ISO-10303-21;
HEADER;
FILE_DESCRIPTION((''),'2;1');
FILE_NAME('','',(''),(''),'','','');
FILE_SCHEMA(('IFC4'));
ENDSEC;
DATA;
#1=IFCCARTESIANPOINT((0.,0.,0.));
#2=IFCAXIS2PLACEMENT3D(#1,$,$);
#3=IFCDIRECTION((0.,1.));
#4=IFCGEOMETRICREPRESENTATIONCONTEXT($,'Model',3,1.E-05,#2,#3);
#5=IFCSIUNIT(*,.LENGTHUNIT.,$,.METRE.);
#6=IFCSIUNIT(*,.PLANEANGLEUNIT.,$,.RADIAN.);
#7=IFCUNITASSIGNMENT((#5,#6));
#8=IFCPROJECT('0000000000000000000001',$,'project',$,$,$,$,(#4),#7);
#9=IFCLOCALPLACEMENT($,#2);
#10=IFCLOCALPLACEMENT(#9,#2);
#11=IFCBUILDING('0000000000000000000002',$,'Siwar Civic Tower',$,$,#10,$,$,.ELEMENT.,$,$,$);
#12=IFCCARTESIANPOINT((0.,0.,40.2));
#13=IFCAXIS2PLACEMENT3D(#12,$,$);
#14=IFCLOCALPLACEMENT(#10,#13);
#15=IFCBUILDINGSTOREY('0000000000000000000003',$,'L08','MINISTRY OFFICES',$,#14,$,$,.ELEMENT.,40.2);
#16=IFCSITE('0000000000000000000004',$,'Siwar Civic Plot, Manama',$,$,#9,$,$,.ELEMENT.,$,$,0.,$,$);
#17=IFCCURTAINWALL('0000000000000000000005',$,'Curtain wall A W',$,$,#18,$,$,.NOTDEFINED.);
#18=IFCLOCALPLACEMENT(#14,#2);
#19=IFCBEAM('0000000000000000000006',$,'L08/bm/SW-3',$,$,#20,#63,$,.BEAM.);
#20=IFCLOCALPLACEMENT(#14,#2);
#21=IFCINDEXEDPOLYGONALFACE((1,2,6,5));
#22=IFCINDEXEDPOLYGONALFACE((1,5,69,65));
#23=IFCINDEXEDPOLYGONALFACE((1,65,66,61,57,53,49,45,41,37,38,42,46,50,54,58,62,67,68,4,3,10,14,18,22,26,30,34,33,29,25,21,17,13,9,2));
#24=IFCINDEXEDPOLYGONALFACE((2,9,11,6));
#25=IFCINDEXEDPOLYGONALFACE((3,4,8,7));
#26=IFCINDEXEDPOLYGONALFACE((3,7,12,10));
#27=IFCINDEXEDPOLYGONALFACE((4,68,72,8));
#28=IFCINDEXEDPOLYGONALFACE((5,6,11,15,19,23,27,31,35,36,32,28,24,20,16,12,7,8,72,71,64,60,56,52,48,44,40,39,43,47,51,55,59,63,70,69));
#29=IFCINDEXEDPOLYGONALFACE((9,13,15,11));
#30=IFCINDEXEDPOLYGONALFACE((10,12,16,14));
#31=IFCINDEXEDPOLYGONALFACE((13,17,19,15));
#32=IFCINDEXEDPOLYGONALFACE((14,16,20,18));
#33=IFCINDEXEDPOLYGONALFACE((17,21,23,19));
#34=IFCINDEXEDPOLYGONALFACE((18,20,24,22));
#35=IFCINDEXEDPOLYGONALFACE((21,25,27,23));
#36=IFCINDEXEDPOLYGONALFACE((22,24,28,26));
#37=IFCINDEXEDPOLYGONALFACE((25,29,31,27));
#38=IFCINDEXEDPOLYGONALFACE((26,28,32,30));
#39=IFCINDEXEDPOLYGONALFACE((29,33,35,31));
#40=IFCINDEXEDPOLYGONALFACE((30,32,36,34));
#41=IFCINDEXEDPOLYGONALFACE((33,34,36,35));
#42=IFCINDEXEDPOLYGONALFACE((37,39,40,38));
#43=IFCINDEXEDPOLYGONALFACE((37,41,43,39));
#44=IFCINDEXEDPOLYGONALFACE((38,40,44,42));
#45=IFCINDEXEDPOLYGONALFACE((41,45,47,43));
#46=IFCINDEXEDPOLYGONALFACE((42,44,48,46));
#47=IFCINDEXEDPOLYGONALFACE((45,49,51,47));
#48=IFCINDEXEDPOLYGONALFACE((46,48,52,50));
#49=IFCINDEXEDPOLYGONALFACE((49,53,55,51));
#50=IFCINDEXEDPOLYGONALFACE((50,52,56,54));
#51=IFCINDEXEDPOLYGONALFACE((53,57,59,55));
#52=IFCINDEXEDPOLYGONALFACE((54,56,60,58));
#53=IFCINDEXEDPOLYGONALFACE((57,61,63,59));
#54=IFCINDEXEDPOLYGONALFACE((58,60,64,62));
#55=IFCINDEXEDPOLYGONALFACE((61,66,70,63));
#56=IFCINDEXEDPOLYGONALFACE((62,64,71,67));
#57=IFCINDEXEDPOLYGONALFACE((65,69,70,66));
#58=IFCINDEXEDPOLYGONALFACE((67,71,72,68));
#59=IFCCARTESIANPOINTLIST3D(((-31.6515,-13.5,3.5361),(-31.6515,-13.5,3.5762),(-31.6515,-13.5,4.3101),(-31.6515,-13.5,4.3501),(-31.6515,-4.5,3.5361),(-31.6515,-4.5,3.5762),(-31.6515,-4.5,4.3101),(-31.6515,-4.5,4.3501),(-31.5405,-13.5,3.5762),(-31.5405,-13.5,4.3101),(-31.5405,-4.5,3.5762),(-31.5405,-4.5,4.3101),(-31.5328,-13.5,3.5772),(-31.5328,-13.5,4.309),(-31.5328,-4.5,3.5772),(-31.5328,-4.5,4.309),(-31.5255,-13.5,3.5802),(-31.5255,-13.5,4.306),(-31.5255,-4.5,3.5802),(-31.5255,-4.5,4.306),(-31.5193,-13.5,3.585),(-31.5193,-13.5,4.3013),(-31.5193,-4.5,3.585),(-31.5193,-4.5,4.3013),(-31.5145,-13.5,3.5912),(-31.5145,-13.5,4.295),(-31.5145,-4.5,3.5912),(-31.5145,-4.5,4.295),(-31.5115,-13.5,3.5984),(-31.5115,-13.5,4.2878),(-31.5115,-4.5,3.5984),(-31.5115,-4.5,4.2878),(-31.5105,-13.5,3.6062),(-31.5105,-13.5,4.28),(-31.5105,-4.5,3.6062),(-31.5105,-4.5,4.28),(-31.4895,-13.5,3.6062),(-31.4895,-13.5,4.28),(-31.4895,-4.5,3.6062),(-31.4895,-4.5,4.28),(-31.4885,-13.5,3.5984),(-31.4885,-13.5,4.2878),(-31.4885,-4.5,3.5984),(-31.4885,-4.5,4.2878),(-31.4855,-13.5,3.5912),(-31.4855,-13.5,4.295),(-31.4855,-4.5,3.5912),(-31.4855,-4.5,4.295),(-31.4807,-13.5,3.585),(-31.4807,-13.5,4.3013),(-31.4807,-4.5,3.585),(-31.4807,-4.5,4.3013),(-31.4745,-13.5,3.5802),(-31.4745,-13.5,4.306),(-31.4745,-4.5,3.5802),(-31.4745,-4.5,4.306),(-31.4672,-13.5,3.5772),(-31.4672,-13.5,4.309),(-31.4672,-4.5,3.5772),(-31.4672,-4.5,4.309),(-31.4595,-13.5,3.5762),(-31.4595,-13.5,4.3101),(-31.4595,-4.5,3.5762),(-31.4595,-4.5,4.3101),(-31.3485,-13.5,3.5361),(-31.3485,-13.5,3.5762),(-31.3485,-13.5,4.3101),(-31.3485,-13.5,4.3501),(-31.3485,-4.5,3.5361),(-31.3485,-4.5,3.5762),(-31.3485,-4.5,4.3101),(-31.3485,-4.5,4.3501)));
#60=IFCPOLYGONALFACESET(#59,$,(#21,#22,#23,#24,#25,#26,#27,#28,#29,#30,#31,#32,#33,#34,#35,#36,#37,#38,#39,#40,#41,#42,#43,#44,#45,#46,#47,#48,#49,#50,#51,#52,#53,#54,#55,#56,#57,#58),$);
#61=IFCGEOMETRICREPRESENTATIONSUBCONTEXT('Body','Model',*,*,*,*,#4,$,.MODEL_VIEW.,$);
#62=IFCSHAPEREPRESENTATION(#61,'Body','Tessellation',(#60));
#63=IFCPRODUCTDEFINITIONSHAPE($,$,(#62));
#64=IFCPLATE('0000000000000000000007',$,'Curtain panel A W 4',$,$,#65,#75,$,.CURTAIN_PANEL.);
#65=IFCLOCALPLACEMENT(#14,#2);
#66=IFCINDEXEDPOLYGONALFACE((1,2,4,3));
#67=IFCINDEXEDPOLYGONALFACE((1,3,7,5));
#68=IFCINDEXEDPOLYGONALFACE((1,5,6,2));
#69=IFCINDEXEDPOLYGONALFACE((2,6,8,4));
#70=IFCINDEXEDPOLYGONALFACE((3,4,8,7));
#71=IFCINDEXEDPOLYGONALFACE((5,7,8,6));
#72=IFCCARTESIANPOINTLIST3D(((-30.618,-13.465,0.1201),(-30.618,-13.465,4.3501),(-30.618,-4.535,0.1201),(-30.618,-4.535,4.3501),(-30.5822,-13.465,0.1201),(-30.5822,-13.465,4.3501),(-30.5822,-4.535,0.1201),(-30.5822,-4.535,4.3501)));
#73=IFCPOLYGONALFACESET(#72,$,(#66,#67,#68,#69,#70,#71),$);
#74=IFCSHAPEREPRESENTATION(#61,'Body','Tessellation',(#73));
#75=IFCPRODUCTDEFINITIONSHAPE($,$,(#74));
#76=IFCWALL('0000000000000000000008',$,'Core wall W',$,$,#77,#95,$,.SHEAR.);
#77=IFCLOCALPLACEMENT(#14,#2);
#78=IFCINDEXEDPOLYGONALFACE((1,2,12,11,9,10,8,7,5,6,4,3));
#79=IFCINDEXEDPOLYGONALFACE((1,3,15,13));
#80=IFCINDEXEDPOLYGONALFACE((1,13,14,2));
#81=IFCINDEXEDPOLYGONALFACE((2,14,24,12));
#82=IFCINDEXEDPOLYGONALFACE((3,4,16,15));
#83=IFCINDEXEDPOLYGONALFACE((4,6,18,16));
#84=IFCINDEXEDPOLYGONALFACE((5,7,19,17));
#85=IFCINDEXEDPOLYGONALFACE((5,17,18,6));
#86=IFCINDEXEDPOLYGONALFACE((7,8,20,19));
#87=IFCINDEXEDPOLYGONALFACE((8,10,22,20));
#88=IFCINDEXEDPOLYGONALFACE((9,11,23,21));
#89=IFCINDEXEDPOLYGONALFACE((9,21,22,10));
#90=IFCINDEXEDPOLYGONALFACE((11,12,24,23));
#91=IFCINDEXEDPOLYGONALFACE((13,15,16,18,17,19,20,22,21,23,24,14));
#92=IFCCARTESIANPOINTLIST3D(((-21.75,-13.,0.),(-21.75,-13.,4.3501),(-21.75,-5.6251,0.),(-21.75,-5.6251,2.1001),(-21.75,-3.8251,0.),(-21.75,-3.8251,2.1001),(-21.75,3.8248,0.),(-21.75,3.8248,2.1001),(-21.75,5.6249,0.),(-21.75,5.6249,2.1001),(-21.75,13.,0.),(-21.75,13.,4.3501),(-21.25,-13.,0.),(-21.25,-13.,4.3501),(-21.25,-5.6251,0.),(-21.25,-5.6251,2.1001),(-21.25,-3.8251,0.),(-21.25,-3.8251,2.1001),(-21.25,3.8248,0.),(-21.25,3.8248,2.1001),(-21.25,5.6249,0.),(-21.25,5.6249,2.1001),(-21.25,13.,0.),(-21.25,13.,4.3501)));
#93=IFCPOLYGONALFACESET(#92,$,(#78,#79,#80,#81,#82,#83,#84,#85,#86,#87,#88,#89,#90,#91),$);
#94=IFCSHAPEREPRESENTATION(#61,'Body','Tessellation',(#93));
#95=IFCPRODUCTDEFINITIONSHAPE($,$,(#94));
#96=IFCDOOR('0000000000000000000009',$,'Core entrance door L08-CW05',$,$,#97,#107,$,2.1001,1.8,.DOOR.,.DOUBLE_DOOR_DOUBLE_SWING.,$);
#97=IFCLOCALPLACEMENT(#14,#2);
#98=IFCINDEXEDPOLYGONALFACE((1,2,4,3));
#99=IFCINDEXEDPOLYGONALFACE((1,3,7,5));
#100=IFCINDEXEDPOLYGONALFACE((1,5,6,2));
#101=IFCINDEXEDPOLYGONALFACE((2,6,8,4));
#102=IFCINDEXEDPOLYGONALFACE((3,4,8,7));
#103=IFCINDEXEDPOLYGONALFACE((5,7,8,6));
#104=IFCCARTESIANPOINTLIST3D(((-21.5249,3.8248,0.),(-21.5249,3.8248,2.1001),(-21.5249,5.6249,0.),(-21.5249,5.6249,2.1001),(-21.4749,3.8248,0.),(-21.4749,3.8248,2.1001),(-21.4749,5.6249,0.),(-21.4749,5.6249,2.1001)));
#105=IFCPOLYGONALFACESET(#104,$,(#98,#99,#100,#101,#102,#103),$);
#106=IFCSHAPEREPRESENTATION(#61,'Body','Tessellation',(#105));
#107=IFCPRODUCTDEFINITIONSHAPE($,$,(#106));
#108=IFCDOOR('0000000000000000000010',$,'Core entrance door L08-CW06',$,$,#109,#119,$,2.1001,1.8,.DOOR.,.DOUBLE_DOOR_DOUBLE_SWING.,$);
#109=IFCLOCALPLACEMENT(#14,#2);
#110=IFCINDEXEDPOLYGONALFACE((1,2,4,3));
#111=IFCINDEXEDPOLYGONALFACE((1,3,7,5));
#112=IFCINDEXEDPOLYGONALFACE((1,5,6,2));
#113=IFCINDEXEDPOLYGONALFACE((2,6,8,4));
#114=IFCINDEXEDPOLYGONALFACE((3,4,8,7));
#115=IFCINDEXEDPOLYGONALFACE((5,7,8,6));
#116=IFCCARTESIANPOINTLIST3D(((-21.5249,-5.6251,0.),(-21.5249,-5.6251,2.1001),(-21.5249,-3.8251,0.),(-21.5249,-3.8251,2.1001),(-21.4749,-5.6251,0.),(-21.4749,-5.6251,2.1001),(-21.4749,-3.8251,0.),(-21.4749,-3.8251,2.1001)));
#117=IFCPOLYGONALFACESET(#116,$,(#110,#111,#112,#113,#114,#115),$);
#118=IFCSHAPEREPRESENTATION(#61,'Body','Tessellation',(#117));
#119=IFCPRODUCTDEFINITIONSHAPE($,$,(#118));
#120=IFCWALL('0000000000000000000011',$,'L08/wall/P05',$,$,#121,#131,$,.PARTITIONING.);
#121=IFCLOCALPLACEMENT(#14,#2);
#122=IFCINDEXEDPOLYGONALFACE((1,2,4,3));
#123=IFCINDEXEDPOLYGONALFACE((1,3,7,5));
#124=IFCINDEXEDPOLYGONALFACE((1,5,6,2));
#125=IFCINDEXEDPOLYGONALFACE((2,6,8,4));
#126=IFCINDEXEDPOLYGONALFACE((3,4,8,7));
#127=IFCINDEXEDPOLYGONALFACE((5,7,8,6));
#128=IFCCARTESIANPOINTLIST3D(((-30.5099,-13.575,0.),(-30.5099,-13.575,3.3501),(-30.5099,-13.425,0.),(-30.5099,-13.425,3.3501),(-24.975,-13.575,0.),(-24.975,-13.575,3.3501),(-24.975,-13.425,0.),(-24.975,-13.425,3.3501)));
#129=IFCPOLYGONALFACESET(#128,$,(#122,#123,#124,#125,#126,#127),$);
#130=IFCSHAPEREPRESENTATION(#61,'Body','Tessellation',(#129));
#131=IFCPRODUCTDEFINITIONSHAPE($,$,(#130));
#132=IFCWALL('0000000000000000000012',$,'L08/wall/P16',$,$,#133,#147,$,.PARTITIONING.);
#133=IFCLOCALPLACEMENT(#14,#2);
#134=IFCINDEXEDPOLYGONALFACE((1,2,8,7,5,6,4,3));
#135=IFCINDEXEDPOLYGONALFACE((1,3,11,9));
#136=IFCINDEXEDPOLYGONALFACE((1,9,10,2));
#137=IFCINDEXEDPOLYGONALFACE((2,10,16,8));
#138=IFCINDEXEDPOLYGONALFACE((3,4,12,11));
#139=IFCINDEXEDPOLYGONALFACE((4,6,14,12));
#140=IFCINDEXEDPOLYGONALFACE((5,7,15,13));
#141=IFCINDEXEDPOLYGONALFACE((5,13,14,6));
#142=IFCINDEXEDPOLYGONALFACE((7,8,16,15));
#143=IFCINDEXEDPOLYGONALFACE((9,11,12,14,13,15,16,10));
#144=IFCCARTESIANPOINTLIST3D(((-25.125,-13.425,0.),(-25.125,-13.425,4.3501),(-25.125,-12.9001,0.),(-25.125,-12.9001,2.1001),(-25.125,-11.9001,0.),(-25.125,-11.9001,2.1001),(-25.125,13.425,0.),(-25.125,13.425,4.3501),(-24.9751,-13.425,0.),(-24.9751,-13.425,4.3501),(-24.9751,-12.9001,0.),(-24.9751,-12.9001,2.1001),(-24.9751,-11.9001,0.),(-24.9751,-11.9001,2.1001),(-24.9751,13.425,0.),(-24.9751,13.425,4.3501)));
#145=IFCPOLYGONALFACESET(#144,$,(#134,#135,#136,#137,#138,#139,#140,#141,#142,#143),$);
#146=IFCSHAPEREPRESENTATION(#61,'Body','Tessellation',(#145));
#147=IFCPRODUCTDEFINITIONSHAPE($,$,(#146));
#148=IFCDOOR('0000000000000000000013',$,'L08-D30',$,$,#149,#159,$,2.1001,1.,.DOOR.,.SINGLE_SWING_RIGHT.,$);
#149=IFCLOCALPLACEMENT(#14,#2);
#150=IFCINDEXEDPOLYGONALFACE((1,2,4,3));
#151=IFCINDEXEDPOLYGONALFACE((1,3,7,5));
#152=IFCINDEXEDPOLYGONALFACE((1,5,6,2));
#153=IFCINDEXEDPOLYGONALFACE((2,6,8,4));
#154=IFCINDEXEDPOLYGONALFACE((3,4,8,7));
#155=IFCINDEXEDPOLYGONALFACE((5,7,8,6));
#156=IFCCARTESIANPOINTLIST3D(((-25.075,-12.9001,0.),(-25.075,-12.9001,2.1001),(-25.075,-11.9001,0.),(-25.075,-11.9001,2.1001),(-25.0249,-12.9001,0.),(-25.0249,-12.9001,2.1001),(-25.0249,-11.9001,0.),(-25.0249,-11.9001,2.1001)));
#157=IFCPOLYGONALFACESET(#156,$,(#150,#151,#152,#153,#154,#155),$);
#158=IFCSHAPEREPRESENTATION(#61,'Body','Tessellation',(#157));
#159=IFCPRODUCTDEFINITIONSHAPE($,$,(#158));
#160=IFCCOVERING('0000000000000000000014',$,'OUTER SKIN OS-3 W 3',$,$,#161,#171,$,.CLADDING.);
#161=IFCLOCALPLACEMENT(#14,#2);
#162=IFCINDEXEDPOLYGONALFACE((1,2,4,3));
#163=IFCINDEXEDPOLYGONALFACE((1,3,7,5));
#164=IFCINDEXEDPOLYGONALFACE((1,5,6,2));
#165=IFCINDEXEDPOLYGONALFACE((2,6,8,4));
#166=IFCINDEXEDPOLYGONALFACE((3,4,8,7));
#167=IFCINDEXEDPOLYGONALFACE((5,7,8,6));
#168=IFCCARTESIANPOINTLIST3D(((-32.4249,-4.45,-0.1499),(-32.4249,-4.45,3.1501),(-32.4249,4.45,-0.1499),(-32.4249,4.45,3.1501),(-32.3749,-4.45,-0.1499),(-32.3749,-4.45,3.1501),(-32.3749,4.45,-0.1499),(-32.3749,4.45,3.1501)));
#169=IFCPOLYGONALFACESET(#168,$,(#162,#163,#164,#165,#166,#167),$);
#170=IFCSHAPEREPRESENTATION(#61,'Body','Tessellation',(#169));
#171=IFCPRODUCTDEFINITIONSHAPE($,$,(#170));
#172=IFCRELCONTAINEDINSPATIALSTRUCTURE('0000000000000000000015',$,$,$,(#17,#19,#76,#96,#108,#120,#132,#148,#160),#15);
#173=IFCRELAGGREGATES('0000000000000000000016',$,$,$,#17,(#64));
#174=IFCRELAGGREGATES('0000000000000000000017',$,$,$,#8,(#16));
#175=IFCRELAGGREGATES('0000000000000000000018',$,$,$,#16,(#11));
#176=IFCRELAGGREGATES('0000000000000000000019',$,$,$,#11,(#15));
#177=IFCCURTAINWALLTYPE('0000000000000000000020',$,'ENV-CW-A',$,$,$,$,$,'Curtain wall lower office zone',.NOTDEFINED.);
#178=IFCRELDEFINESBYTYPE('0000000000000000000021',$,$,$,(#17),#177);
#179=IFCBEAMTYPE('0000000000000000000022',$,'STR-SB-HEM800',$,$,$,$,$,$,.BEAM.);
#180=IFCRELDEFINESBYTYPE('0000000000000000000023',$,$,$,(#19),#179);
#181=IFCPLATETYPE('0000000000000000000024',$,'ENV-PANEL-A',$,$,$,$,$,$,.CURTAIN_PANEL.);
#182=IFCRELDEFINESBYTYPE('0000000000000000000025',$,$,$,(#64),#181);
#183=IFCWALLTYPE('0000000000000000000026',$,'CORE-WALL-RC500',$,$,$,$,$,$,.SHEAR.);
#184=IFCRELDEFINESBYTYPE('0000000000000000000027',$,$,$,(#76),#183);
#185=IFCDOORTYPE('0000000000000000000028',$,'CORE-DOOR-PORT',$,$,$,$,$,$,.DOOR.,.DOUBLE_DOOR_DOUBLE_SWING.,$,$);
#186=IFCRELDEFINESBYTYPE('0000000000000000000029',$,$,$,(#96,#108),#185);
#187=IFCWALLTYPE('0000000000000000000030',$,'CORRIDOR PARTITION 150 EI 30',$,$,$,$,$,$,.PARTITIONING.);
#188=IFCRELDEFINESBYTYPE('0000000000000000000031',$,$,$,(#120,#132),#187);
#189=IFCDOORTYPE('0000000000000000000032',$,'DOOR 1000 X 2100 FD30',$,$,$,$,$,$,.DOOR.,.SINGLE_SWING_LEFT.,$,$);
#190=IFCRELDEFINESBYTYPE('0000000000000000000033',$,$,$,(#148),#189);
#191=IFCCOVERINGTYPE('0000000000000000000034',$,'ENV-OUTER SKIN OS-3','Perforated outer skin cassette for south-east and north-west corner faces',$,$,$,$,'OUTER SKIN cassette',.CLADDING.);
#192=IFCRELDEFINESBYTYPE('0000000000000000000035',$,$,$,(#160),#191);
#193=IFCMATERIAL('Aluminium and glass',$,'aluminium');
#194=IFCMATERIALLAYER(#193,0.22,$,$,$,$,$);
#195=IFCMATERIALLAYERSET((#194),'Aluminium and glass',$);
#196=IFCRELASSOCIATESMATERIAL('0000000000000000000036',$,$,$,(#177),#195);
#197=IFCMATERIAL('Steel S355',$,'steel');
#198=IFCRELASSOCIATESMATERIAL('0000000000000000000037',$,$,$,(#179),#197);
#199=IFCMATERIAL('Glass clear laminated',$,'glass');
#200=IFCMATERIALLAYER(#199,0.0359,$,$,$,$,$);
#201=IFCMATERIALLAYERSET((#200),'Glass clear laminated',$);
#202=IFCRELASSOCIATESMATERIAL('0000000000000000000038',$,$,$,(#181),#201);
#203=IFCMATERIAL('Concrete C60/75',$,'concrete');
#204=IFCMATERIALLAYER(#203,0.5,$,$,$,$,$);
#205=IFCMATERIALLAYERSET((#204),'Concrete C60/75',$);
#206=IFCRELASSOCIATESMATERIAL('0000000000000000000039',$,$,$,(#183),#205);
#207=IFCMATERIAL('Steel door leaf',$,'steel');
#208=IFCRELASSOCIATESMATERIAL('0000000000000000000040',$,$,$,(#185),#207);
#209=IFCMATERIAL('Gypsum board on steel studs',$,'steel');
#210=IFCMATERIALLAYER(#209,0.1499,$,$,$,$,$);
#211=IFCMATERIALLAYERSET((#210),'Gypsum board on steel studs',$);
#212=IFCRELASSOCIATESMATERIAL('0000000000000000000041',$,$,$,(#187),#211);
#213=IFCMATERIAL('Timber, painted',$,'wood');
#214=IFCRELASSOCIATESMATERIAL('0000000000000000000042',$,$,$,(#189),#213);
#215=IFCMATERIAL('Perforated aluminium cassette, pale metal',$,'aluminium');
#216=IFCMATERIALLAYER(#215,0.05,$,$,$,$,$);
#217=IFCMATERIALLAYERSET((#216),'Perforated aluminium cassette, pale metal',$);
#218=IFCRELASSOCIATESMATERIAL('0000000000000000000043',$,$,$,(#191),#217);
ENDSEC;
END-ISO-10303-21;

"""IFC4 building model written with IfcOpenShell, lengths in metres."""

from ifc_helpers import new_model, si_unit, direction, frame, frame_2d, origin, origin_2d, place, context, subcontext, project, spatial, rectangle, i_section, extrude, material, layer, layer_set, material_profile, profile_set, type_object, element, fill, aggregate, save


model = new_model("IFC4")

# Units and contexts
model_context = context("Model", 3, precision=1e-05, world=origin(), true_north=direction((0.0, 1.0)))
body_context = subcontext(model_context, "Body", "Model", "MODEL_VIEW")
ifc_project = project(units=[si_unit("LENGTHUNIT", "METRE"), si_unit("PLANEANGLEUNIT", "RADIAN")], contexts=[model_context])

# Site, building, storey
site_placement = place(None, origin())
site = spatial("IfcSite", under=ifc_project, at=site_placement, Name="Siwar Civic Plot, Manama", CompositionType="ELEMENT", RefElevation=0.0)
building_placement = place(site_placement, origin())
building = spatial("IfcBuilding", under=site, at=building_placement, Name="Siwar Civic Tower", CompositionType="ELEMENT")
storey_placement = place(building_placement, frame((0.0, 0.0, 40.2)))
storey = spatial("IfcBuildingStorey", under=building, at=storey_placement, Name="L08", Description="MINISTRY OFFICES", CompositionType="ELEMENT", Elevation=40.2)

# Curtain wall
ifc_material_1 = material(Name="Aluminium and glass", Category="aluminium")
ifc_layer_1 = layer(ifc_material_1, 0.22)
ifc_layer_set_1 = layer_set([ifc_layer_1], Name="Aluminium and glass")
curtain_wall_type = type_object("IfcCurtainWallType", Name="ENV-CW-A", ElementType="Curtain wall lower office zone", PredefinedType="NOTDEFINED", material=ifc_layer_set_1)
curtain_wall_placement = place(storey_placement, origin())
curtain_wall = element("IfcCurtainWall", 1, at=curtain_wall_placement, inside=storey, type_object=curtain_wall_type, Name="Curtain wall A W", PredefinedType="NOTDEFINED")

# Beam
ifc_material_2 = material(Name="Steel S355", Category="steel")
ifc_material_profile_1 = material_profile(ifc_material_2, i_section(OverallWidth=0.303, OverallDepth=0.814, WebThickness=0.021, FlangeThickness=0.04, FilletRadius=0.03, at=origin_2d()), Name="HEM800")
ifc_profile_set_1 = profile_set([ifc_material_profile_1], Name="Steel S355")
beam_type_1 = type_object("IfcBeamType", Name="STR-SB-HEM800", PredefinedType="BEAM", material=ifc_profile_set_1)
beam_1_placement = place(storey_placement, frame((-31.5, -4.5, 3.9431), z_axis=(0.0, -1.0, 0.0), x_axis=(1.0, 0.0, 0.0)))
element("IfcBeam", 2, at=beam_1_placement, inside=storey, type_object=beam_type_1, Name="L08/bm/SW-3", PredefinedType="BEAM", context=body_context, shape_type="SweptSolid", body=[
    extrude(i_section(OverallWidth=0.303, OverallDepth=0.814, WebThickness=0.021, FlangeThickness=0.04, FilletRadius=0.03, at=origin_2d()), origin(), (0.0, 0.0, 1.0), 9.0),
])

# Plate
ifc_material_3 = material(Name="Glass clear laminated", Category="glass")
ifc_layer_2 = layer(ifc_material_3, 0.0359)
ifc_layer_set_2 = layer_set([ifc_layer_2], Name="Glass clear laminated")
plate_type = type_object("IfcPlateType", Name="ENV-PANEL-A", PredefinedType="CURTAIN_PANEL", material=ifc_layer_set_2)
plate_placement = place(storey_placement, frame((-30.6001, -9.0, 0.1201), z_axis=(0.0, 0.0, 1.0), x_axis=(0.0, -1.0, 0.0)))
plate = element("IfcPlate", 3, at=plate_placement, type_object=plate_type, Name="Curtain panel A W 4", PredefinedType="CURTAIN_PANEL", context=body_context, shape_type="SweptSolid", body=[
    extrude(rectangle(XDim=8.9299, YDim=0.0359, at=origin_2d()), origin(), (0.0, 0.0, 1.0), 4.23),
])
aggregate(curtain_wall, [plate])

# Wall, openings, doors
ifc_material_4 = material(Name="Concrete C60/75", Category="concrete")
ifc_layer_3 = layer(ifc_material_4, 0.5)
ifc_layer_set_3 = layer_set([ifc_layer_3], Name="Concrete C60/75")
wall_type_1 = type_object("IfcWallType", Name="CORE-WALL-RC500", PredefinedType="SHEAR", material=ifc_layer_set_3)
wall_1_placement = place(storey_placement, frame((-21.5, -13.0, 0.0), z_axis=(0.0, 0.0, 1.0), x_axis=(0.0, 1.0, 0.0)))
wall_1 = element("IfcWall", 4, at=wall_1_placement, inside=storey, type_object=wall_type_1, Name="Core wall W", PredefinedType="SHEAR", context=body_context, shape_type="SweptSolid", body=[
    extrude(rectangle(XDim=26.0, YDim=0.5, at=frame_2d((13.0, 0.0))), origin(), (0.0, 0.0, 1.0), 4.3501),
])
opening_1_placement = place(wall_1_placement, frame((16.825, 0.0, 0.0)))
opening_1 = element("IfcOpeningElement", 5, at=opening_1_placement, cuts=wall_1, PredefinedType="OPENING", context=body_context, shape_type="SweptSolid", body=[
    extrude(rectangle(XDim=1.8, YDim=2.1001, at=frame_2d((0.8999, 1.05))), frame((0.0, 0.26, 0.0), z_axis=(0.0, -1.0, 0.0), x_axis=(1.0, 0.0, 0.0)), (0.0, 0.0, 1.0), 0.52),
])
opening_2_placement = place(wall_1_placement, frame((7.375, 0.0, 0.0)))
opening_2 = element("IfcOpeningElement", 6, at=opening_2_placement, cuts=wall_1, PredefinedType="OPENING", context=body_context, shape_type="SweptSolid", body=[
    extrude(rectangle(XDim=1.8, YDim=2.1001, at=frame_2d((0.8999, 1.05))), frame((0.0, 0.26, 0.0), z_axis=(0.0, -1.0, 0.0), x_axis=(1.0, 0.0, 0.0)), (0.0, 0.0, 1.0), 0.52),
])
ifc_material_5 = material(Name="Steel door leaf", Category="steel")
door_type_1 = type_object("IfcDoorType", Name="CORE-DOOR-PORT", OperationType="DOUBLE_DOOR_DOUBLE_SWING", PredefinedType="DOOR", material=ifc_material_5)
door_1_placement = place(opening_1_placement, origin())
door_1 = element("IfcDoor", 7, at=door_1_placement, inside=storey, type_object=door_type_1, Name="Core entrance door L08-CW05", OperationType="DOUBLE_DOOR_DOUBLE_SWING", OverallHeight=2.1001, OverallWidth=1.8, PredefinedType="DOOR", context=body_context, shape_type="SweptSolid", body=[
    extrude(rectangle(XDim=1.8, YDim=2.1001, at=frame_2d((0.8999, 1.05))), frame((0.0, 0.0249, 0.0), z_axis=(0.0, -1.0, 0.0), x_axis=(1.0, 0.0, 0.0)), (0.0, 0.0, 1.0), 0.05),
])
fill(opening_1, door_1)
door_2_placement = place(opening_2_placement, origin())
door_2 = element("IfcDoor", 8, at=door_2_placement, inside=storey, type_object=door_type_1, Name="Core entrance door L08-CW06", OperationType="DOUBLE_DOOR_DOUBLE_SWING", OverallHeight=2.1001, OverallWidth=1.8, PredefinedType="DOOR", context=body_context, shape_type="SweptSolid", body=[
    extrude(rectangle(XDim=1.8, YDim=2.1001, at=frame_2d((0.8999, 1.05))), frame((0.0, 0.0249, 0.0), z_axis=(0.0, -1.0, 0.0), x_axis=(1.0, 0.0, 0.0)), (0.0, 0.0, 1.0), 0.05),
])
fill(opening_2, door_2)

# Wall
ifc_material_6 = material(Name="Gypsum board on steel studs", Category="steel")
ifc_layer_4 = layer(ifc_material_6, 0.1499)
ifc_layer_set_4 = layer_set([ifc_layer_4], Name="Gypsum board on steel studs")
wall_type_2 = type_object("IfcWallType", Name="CORRIDOR PARTITION 150 EI 30", PredefinedType="PARTITIONING", material=ifc_layer_set_4)
wall_2_placement = place(storey_placement, frame((-30.51, -13.5, 0.0), z_axis=(0.0, 0.0, 1.0), x_axis=(1.0, 0.0, 0.0)))
element("IfcWall", 9, at=wall_2_placement, inside=storey, type_object=wall_type_2, Name="L08/wall/P05", PredefinedType="PARTITIONING", context=body_context, shape_type="SweptSolid", body=[
    extrude(rectangle(XDim=5.5349, YDim=0.1499, at=frame_2d((2.7676, 0.0))), origin(), (0.0, 0.0, 1.0), 3.3501),
])

# Wall, opening, door
wall_3_placement = place(storey_placement, frame((-25.05, -13.425, 0.0), z_axis=(0.0, 0.0, 1.0), x_axis=(0.0, 1.0, 0.0)))
wall_3 = element("IfcWall", 10, at=wall_3_placement, inside=storey, type_object=wall_type_2, Name="L08/wall/P16", PredefinedType="PARTITIONING", context=body_context, shape_type="SweptSolid", body=[
    extrude(rectangle(XDim=26.8501, YDim=0.1499, at=frame_2d((13.425, 0.0))), origin(), (0.0, 0.0, 1.0), 4.3501),
])
opening_3_placement = place(wall_3_placement, frame((0.5249, 0.0, 0.0)))
opening_3 = element("IfcOpeningElement", 11, at=opening_3_placement, cuts=wall_3, PredefinedType="OPENING", context=body_context, shape_type="SweptSolid", body=[
    extrude(rectangle(XDim=1.0, YDim=2.1001, at=frame_2d((0.5, 1.05))), frame((0.0, 0.085, 0.0), z_axis=(0.0, -1.0, 0.0), x_axis=(1.0, 0.0, 0.0)), (0.0, 0.0, 1.0), 0.1699),
])
ifc_material_7 = material(Name="Timber, painted", Category="wood")
door_type_2 = type_object("IfcDoorType", Name="DOOR 1000 X 2100 FD30", OperationType="SINGLE_SWING_LEFT", PredefinedType="DOOR", material=ifc_material_7)
door_3_placement = place(opening_3_placement, origin())
door_3 = element("IfcDoor", 12, at=door_3_placement, inside=storey, type_object=door_type_2, Name="L08-D30", OperationType="SINGLE_SWING_RIGHT", OverallHeight=2.1001, OverallWidth=1.0, PredefinedType="DOOR", context=body_context, shape_type="SweptSolid", body=[
    extrude(rectangle(XDim=1.0, YDim=2.1001, at=frame_2d((0.5, 1.05))), frame((0.0, 0.0249, 0.0), z_axis=(0.0, -1.0, 0.0), x_axis=(1.0, 0.0, 0.0)), (0.0, 0.0, 1.0), 0.05),
])
fill(opening_3, door_3)

# Covering
ifc_material_8 = material(Name="Perforated aluminium cassette, pale metal", Category="aluminium")
ifc_layer_5 = layer(ifc_material_8, 0.05)
ifc_layer_set_5 = layer_set([ifc_layer_5], Name="Perforated aluminium cassette, pale metal")
covering_type = type_object("IfcCoveringType", Name="ENV-OUTER SKIN OS-3", Description="Perforated outer skin cassette for south-east and north-west corner faces", ElementType="OUTER SKIN cassette", PredefinedType="CLADDING", material=ifc_layer_set_5)
for number, where, z_axis, x_axis, name in (
    (13, (-32.3999, 0.0, -0.1499), (0.0, 0.0, 1.0), (0.0, -1.0, 0.0), "OUTER SKIN OS-3 W 3"),
):
    element("IfcCovering", number, at=place(storey_placement, frame(where, z_axis=z_axis, x_axis=x_axis)), inside=storey, type_object=covering_type, Name=name, PredefinedType="CLADDING", context=body_context, shape_type="SweptSolid", body=[
        extrude(rectangle(XDim=8.8999, YDim=0.05, at=origin_2d()), origin(), (0.0, 0.0, 1.0), 3.3),
    ])

save(model, "model.ifc")
